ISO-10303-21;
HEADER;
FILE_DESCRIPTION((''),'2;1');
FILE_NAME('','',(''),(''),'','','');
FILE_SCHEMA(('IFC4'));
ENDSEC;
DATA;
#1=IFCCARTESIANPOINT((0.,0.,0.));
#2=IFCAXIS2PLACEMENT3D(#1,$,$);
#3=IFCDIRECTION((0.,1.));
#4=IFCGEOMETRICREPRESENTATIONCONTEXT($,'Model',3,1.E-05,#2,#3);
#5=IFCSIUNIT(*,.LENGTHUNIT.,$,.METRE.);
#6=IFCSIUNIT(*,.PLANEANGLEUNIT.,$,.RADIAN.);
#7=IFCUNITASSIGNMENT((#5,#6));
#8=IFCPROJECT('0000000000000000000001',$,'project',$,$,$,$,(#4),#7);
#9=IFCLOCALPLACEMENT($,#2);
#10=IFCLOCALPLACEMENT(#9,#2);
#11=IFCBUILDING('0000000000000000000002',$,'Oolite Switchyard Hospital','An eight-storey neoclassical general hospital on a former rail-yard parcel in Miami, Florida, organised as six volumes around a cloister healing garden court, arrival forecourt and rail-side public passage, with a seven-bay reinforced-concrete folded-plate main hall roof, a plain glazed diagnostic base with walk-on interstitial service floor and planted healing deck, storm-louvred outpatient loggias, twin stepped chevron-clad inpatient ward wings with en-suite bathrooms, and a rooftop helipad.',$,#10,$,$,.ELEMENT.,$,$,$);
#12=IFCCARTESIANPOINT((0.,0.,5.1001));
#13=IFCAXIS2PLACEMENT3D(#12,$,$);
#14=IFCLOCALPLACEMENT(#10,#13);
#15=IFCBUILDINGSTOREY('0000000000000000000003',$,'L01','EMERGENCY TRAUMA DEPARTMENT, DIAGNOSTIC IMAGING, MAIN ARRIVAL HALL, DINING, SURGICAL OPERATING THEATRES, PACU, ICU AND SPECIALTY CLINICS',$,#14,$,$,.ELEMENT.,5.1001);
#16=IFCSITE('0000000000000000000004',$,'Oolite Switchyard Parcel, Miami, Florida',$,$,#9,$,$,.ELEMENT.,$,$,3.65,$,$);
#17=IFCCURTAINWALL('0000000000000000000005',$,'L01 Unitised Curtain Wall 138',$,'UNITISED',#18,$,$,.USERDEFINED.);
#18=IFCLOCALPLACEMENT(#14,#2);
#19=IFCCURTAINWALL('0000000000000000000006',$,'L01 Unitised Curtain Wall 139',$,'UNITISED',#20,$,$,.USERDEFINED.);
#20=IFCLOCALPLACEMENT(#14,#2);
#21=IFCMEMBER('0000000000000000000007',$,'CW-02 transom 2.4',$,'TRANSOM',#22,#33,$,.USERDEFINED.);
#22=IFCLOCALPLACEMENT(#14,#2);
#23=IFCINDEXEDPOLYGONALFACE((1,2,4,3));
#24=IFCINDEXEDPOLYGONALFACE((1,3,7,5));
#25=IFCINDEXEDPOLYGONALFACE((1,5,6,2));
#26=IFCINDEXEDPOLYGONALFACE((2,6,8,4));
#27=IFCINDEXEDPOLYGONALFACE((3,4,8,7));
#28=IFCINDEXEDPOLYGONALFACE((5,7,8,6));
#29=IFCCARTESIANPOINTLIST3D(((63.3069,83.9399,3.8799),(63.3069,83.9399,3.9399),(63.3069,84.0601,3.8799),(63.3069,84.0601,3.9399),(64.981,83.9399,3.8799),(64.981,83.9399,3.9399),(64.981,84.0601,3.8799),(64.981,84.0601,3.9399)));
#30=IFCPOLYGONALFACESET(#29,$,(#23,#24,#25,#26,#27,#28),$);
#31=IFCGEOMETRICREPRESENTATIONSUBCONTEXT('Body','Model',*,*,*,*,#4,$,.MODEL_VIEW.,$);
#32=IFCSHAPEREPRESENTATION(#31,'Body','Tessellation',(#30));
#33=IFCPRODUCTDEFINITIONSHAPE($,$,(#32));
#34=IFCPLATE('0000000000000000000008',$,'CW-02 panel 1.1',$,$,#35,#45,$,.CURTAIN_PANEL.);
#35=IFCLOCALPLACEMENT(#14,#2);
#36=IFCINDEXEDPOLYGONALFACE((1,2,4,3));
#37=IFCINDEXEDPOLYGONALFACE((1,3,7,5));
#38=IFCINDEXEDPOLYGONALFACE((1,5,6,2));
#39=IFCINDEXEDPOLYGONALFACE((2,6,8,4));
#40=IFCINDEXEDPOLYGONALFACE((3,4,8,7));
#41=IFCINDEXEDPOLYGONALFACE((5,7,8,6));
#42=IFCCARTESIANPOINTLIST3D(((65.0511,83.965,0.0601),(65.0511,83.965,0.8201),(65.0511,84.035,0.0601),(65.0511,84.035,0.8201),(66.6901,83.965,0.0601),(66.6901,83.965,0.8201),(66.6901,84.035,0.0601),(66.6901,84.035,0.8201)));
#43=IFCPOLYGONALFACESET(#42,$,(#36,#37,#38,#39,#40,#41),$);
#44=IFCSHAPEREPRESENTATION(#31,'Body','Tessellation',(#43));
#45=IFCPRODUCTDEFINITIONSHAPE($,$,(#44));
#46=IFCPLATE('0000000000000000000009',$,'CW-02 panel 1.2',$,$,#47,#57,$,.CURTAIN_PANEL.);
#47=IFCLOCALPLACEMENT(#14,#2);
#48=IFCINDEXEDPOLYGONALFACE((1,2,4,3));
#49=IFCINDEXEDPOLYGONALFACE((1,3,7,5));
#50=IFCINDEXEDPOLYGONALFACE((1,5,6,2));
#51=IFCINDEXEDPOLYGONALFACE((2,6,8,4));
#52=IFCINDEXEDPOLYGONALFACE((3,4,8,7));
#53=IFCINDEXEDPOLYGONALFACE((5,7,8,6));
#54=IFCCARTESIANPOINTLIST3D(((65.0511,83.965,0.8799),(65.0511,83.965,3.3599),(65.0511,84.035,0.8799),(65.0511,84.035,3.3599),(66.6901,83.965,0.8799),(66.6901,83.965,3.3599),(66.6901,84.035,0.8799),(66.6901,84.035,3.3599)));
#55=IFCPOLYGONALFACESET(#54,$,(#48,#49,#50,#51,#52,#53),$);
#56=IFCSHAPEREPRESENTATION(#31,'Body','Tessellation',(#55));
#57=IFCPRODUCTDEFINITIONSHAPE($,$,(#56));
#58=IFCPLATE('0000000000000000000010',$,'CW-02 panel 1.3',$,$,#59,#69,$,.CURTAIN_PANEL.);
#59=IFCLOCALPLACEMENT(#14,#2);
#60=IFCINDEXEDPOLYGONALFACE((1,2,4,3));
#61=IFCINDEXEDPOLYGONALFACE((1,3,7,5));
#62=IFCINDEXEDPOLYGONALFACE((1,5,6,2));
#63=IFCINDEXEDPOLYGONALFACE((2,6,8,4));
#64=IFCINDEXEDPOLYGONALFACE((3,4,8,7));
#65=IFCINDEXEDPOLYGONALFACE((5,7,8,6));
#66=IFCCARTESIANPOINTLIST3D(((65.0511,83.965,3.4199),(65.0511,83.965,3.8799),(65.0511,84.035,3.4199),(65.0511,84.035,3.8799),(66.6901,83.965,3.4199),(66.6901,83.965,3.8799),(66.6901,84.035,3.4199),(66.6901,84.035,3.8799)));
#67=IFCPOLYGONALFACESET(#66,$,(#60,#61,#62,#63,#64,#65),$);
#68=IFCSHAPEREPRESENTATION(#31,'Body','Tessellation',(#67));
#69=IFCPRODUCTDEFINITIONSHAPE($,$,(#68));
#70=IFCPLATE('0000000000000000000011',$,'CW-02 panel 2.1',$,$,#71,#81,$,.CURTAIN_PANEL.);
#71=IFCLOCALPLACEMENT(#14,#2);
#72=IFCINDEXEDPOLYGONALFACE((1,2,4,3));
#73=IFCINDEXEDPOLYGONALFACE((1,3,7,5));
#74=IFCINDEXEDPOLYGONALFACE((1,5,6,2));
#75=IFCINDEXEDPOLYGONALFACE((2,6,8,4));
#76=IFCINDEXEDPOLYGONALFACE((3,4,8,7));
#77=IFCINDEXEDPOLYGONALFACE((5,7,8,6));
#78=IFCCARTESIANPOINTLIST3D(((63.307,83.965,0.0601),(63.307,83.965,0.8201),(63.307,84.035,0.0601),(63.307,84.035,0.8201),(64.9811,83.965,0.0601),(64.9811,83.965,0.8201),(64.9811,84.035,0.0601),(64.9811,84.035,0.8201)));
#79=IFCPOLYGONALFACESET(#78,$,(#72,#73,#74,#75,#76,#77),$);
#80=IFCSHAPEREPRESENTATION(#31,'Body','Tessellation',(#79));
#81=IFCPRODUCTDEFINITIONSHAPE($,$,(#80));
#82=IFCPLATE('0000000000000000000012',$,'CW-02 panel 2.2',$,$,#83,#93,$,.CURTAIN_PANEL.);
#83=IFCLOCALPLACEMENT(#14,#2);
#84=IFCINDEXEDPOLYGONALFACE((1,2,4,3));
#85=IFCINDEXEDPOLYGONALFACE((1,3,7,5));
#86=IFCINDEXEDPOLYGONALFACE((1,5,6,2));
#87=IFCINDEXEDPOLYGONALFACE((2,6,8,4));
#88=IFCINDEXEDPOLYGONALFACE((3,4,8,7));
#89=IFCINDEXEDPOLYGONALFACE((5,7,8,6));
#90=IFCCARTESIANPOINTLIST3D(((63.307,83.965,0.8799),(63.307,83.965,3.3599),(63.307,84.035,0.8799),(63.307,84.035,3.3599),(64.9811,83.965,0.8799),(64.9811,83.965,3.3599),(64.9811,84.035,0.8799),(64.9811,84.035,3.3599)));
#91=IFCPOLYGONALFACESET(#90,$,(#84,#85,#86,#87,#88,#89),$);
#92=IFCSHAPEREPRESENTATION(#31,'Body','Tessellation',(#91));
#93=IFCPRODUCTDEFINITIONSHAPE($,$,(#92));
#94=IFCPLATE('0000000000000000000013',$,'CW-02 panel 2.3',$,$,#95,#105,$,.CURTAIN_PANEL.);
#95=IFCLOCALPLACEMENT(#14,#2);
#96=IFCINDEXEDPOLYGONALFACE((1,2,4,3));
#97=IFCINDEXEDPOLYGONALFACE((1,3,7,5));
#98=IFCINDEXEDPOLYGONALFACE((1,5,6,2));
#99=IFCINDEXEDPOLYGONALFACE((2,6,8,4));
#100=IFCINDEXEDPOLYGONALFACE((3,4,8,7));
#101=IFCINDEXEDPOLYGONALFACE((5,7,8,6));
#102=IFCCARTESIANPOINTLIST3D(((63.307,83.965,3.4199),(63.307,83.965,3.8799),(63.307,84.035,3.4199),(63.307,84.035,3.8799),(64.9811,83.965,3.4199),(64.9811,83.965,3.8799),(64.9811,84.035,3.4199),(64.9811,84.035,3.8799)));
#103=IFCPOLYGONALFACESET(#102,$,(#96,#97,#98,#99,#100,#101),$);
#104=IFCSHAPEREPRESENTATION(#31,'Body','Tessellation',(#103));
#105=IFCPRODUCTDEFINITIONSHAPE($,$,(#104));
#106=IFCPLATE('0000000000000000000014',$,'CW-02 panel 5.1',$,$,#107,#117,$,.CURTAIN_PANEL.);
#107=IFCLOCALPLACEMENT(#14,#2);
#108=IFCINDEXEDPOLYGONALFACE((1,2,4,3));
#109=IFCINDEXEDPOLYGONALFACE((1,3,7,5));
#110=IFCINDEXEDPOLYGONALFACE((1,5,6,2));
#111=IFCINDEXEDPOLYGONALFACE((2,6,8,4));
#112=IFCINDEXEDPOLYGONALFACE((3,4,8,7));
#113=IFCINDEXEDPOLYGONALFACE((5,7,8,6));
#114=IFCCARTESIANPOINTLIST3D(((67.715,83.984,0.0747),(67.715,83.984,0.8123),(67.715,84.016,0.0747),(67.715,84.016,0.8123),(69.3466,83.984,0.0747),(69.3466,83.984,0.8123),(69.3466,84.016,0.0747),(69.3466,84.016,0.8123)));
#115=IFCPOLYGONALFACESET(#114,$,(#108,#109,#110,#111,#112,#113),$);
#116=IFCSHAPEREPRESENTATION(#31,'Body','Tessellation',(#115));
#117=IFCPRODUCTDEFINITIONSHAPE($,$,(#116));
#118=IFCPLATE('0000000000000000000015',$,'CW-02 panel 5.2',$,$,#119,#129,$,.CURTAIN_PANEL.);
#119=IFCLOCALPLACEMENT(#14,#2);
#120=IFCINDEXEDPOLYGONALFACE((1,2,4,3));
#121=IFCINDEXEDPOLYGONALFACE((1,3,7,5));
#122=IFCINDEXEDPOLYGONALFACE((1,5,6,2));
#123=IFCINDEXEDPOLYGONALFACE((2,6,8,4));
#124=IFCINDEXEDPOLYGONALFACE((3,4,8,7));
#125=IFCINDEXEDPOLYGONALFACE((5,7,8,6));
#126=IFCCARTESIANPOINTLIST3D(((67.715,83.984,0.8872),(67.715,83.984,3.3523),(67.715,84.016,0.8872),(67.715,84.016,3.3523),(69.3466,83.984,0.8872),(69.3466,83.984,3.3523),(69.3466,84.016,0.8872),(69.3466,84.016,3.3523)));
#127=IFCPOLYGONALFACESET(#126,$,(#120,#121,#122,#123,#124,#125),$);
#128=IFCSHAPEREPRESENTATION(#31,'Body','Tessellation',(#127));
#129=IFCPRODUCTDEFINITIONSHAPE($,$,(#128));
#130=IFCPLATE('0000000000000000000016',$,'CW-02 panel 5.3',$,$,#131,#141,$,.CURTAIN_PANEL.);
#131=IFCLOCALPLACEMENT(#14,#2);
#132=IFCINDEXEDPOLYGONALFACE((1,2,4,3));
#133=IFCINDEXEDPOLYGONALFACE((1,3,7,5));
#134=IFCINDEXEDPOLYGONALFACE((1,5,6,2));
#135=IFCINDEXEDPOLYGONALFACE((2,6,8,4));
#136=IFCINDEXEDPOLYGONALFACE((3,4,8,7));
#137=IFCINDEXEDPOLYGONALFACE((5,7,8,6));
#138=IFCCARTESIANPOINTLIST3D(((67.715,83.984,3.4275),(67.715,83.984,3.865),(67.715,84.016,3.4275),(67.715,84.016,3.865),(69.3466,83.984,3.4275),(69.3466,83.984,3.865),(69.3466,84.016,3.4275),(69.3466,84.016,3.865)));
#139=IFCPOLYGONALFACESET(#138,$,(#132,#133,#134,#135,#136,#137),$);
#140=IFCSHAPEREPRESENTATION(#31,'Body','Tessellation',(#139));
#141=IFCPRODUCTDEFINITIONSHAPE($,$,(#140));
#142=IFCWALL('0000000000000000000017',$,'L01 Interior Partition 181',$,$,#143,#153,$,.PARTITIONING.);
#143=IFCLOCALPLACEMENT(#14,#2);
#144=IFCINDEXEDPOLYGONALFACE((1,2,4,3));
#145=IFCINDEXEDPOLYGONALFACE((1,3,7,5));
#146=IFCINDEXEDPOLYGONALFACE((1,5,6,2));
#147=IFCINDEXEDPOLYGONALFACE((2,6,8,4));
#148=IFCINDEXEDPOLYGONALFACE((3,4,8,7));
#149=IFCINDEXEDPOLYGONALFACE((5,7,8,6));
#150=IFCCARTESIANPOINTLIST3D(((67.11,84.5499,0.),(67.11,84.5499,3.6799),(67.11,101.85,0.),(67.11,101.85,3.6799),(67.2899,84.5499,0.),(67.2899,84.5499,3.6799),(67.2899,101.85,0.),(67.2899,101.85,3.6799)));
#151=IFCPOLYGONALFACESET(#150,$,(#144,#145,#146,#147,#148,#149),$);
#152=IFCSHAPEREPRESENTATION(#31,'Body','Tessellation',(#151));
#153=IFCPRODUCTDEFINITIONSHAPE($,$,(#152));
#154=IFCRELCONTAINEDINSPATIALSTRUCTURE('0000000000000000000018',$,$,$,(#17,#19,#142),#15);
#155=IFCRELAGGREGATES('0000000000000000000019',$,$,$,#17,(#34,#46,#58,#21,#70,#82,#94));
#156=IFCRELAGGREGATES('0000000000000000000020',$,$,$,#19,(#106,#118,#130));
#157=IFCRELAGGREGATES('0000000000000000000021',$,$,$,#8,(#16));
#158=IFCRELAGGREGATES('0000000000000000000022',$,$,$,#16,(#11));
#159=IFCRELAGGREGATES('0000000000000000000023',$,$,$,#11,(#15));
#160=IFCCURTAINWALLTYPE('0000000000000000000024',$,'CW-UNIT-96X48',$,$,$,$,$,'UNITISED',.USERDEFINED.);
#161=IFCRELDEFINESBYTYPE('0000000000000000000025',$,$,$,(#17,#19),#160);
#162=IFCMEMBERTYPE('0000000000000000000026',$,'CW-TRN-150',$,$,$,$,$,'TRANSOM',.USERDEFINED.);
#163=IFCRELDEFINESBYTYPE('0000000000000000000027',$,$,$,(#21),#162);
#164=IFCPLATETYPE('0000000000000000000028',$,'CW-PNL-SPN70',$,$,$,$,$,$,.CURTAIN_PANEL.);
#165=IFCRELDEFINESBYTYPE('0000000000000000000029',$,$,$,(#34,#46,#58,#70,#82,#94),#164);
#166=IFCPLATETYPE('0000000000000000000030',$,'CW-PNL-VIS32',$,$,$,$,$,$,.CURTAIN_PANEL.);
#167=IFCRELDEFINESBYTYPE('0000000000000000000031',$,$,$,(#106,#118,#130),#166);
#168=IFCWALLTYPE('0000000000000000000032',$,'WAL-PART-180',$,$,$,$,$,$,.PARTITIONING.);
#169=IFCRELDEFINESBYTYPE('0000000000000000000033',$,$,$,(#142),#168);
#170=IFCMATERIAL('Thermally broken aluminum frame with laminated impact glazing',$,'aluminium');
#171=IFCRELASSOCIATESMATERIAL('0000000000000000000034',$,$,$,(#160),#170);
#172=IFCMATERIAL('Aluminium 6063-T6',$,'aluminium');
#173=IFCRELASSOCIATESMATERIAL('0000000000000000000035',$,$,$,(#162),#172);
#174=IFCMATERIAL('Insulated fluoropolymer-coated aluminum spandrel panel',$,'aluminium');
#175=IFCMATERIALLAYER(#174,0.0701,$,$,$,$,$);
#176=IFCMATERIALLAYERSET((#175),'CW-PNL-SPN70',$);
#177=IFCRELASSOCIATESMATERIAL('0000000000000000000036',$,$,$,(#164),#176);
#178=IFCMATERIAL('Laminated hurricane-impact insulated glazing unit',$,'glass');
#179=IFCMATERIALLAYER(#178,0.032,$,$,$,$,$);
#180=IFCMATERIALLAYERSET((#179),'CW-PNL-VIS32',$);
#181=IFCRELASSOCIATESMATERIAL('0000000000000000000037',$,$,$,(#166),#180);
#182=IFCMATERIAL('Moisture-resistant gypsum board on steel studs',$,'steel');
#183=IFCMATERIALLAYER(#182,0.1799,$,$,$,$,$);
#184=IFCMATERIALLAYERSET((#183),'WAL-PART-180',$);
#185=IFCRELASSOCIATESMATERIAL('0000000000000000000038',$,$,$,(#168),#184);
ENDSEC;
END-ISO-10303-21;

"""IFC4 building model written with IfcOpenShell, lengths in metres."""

from ifc_helpers import new_model, si_unit, direction, frame, frame_2d, origin, origin_2d, place, context, subcontext, project, spatial, rectangle, extrude, material, layer, layer_set, material_profile, profile_set, type_object, element, aggregate, save


model = new_model("IFC4")

# Units and contexts
model_context = context("Model", 3, precision=1e-05, world=origin(), true_north=direction((0.0, 1.0)))
body_context = subcontext(model_context, "Body", "Model", "MODEL_VIEW")
ifc_project = project(units=[si_unit("LENGTHUNIT", "METRE"), si_unit("PLANEANGLEUNIT", "RADIAN")], contexts=[model_context])

# Site, building, storey
site_placement = place(None, origin())
site = spatial("IfcSite", under=ifc_project, at=site_placement, Name="Oolite Switchyard Parcel, Miami, Florida", CompositionType="ELEMENT", RefElevation=3.65)
building_placement = place(site_placement, origin())
building = spatial("IfcBuilding", under=site, at=building_placement, Name="Oolite Switchyard Hospital", Description="An eight-storey neoclassical general hospital on a former rail-yard parcel in Miami, Florida, organised as six volumes around a cloister healing garden court, arrival forecourt and rail-side public passage, with a seven-bay reinforced-concrete folded-plate main hall roof, a plain glazed diagnostic base with walk-on interstitial service floor and planted healing deck, storm-louvred outpatient loggias, twin stepped chevron-clad inpatient ward wings with en-suite bathrooms, and a rooftop helipad.", CompositionType="ELEMENT")
storey_placement = place(building_placement, frame((0.0, 0.0, 5.1001)))
storey = spatial("IfcBuildingStorey", under=building, at=storey_placement, Name="L01", Description="EMERGENCY TRAUMA DEPARTMENT, DIAGNOSTIC IMAGING, MAIN ARRIVAL HALL, DINING, SURGICAL OPERATING THEATRES, PACU, ICU AND SPECIALTY CLINICS", CompositionType="ELEMENT", Elevation=5.1001)

# Curtain wall
ifc_material_1 = material(Name="Thermally broken aluminum frame with laminated impact glazing", Category="aluminium")
curtain_wall_type = type_object("IfcCurtainWallType", Name="CW-UNIT-96X48", ElementType="UNITISED", PredefinedType="USERDEFINED", material=ifc_material_1)
curtain_wall_1_placement = place(storey_placement, origin())
curtain_wall_1 = element("IfcCurtainWall", 1, at=curtain_wall_1_placement, inside=storey, type_object=curtain_wall_type, Name="L01 Unitised Curtain Wall 138", ObjectType="UNITISED", PredefinedType="USERDEFINED")
ifc_material_2 = material(Name="Aluminium 6063-T6", Category="aluminium")

# Curtain wall
curtain_wall_2_placement = place(storey_placement, origin())
curtain_wall_2 = element("IfcCurtainWall", 2, at=curtain_wall_2_placement, inside=storey, type_object=curtain_wall_type, Name="L01 Unitised Curtain Wall 139", ObjectType="UNITISED", PredefinedType="USERDEFINED")

# Member
ifc_material_profile_1 = material_profile(ifc_material_2, rectangle(XDim=0.1201, YDim=0.0601, at=origin_2d()), Name="CWT60X120")
ifc_profile_set_1 = profile_set([ifc_material_profile_1], Name="Aluminium 6063-T6")
member_type_1 = type_object("IfcMemberType", Name="CW-TRN-150", ElementType="TRANSOM", PredefinedType="USERDEFINED", material=ifc_profile_set_1)
member_1_placement = place(storey_placement, frame((64.981, 84.0, 3.9099), z_axis=(-1.0, 0.0, 0.0), x_axis=(0.0, -1.0, 0.0)))
member_1 = element("IfcMember", 3, at=member_1_placement, type_object=member_type_1, Name="CW-02 transom 2.4", ObjectType="TRANSOM", PredefinedType="USERDEFINED", context=body_context, shape_type="SweptSolid", body=[
    extrude(rectangle(XDim=0.1201, YDim=0.0601, at=origin_2d()), origin(), (0.0, 0.0, 1.0), 1.6741),
])

# Plates
ifc_material_3 = material(Name="Insulated fluoropolymer-coated aluminum spandrel panel", Category="aluminium")
ifc_layer_1 = layer(ifc_material_3, 0.0701)
ifc_layer_set_1 = layer_set([ifc_layer_1], Name="CW-PNL-SPN70")
plate_type_1 = type_object("IfcPlateType", Name="CW-PNL-SPN70", PredefinedType="CURTAIN_PANEL", material=ifc_layer_set_1)
plate_1_placement = place(storey_placement, frame((65.8706, 84.0, 0.0601), z_axis=(0.0, 0.0, 1.0), x_axis=(-1.0, 0.0, 0.0)))
plate_1 = element("IfcPlate", 4, at=plate_1_placement, type_object=plate_type_1, Name="CW-02 panel 1.1", PredefinedType="CURTAIN_PANEL", context=body_context, shape_type="SweptSolid", body=[
    extrude(rectangle(XDim=1.6389, YDim=0.0701, at=origin_2d()), origin(), (0.0, 0.0, 1.0), 0.76),
])
plate_2_placement = place(storey_placement, frame((65.8706, 84.0, 0.8799), z_axis=(0.0, 0.0, 1.0), x_axis=(-1.0, 0.0, 0.0)))
plate_2 = element("IfcPlate", 5, at=plate_2_placement, type_object=plate_type_1, Name="CW-02 panel 1.2", PredefinedType="CURTAIN_PANEL", context=body_context, shape_type="SweptSolid", body=[
    extrude(rectangle(XDim=1.6389, YDim=0.0701, at=origin_2d()), origin(), (0.0, 0.0, 1.0), 2.48),
])
plate_3_placement = place(storey_placement, frame((65.8706, 84.0, 3.4199), z_axis=(0.0, 0.0, 1.0), x_axis=(-1.0, 0.0, 0.0)))
plate_3 = element("IfcPlate", 6, at=plate_3_placement, type_object=plate_type_1, Name="CW-02 panel 1.3", PredefinedType="CURTAIN_PANEL", context=body_context, shape_type="SweptSolid", body=[
    extrude(rectangle(XDim=1.6389, YDim=0.0701, at=origin_2d()), origin(), (0.0, 0.0, 1.0), 0.46),
])
plate_4_placement = place(storey_placement, frame((64.144, 84.0, 0.0601), z_axis=(0.0, 0.0, 1.0), x_axis=(-1.0, 0.0, 0.0)))
plate_4 = element("IfcPlate", 7, at=plate_4_placement, type_object=plate_type_1, Name="CW-02 panel 2.1", PredefinedType="CURTAIN_PANEL", context=body_context, shape_type="SweptSolid", body=[
    extrude(rectangle(XDim=1.6741, YDim=0.0701, at=origin_2d()), origin(), (0.0, 0.0, 1.0), 0.76),
])
plate_5_placement = place(storey_placement, frame((64.144, 84.0, 0.8799), z_axis=(0.0, 0.0, 1.0), x_axis=(-1.0, 0.0, 0.0)))
plate_5 = element("IfcPlate", 8, at=plate_5_placement, type_object=plate_type_1, Name="CW-02 panel 2.2", PredefinedType="CURTAIN_PANEL", context=body_context, shape_type="SweptSolid", body=[
    extrude(rectangle(XDim=1.6741, YDim=0.0701, at=origin_2d()), origin(), (0.0, 0.0, 1.0), 2.48),
])
plate_6_placement = place(storey_placement, frame((64.144, 84.0, 3.4199), z_axis=(0.0, 0.0, 1.0), x_axis=(-1.0, 0.0, 0.0)))
plate_6 = element("IfcPlate", 9, at=plate_6_placement, type_object=plate_type_1, Name="CW-02 panel 2.3", PredefinedType="CURTAIN_PANEL", context=body_context, shape_type="SweptSolid", body=[
    extrude(rectangle(XDim=1.6741, YDim=0.0701, at=origin_2d()), origin(), (0.0, 0.0, 1.0), 0.46),
])
aggregate(curtain_wall_1, [plate_1, plate_2, plate_3, member_1, plate_4, plate_5, plate_6])
ifc_material_4 = material(Name="Laminated hurricane-impact insulated glazing unit", Category="glass")
ifc_layer_2 = layer(ifc_material_4, 0.032)
ifc_layer_set_2 = layer_set([ifc_layer_2], Name="CW-PNL-VIS32")
plate_type_2 = type_object("IfcPlateType", Name="CW-PNL-VIS32", PredefinedType="CURTAIN_PANEL", material=ifc_layer_set_2)
plate_7_placement = place(storey_placement, frame((68.5308, 84.0, 0.0747), z_axis=(0.0, 0.0, 1.0), x_axis=(-1.0, 0.0, 0.0)))
plate_7 = element("IfcPlate", 10, at=plate_7_placement, type_object=plate_type_2, Name="CW-02 panel 5.1", PredefinedType="CURTAIN_PANEL", context=body_context, shape_type="SweptSolid", body=[
    extrude(rectangle(XDim=1.6316, YDim=0.032, at=origin_2d()), origin(), (0.0, 0.0, 1.0), 0.7375),
])
plate_8_placement = place(storey_placement, frame((68.5308, 84.0, 0.8872), z_axis=(0.0, 0.0, 1.0), x_axis=(-1.0, 0.0, 0.0)))
plate_8 = element("IfcPlate", 11, at=plate_8_placement, type_object=plate_type_2, Name="CW-02 panel 5.2", PredefinedType="CURTAIN_PANEL", context=body_context, shape_type="SweptSolid", body=[
    extrude(rectangle(XDim=1.6316, YDim=0.032, at=origin_2d()), origin(), (0.0, 0.0, 1.0), 2.4651),
])
plate_9_placement = place(storey_placement, frame((68.5308, 84.0, 3.4275), z_axis=(0.0, 0.0, 1.0), x_axis=(-1.0, 0.0, 0.0)))
plate_9 = element("IfcPlate", 12, at=plate_9_placement, type_object=plate_type_2, Name="CW-02 panel 5.3", PredefinedType="CURTAIN_PANEL", context=body_context, shape_type="SweptSolid", body=[
    extrude(rectangle(XDim=1.6316, YDim=0.032, at=origin_2d()), origin(), (0.0, 0.0, 1.0), 0.4375),
])
aggregate(curtain_wall_2, [plate_7, plate_8, plate_9])

# Wall
ifc_material_5 = material(Name="Moisture-resistant gypsum board on steel studs", Category="steel")
ifc_layer_3 = layer(ifc_material_5, 0.1799)
ifc_layer_set_3 = layer_set([ifc_layer_3], Name="WAL-PART-180")
wall_type = type_object("IfcWallType", Name="WAL-PART-180", PredefinedType="PARTITIONING", material=ifc_layer_set_3)
wall_placement = place(storey_placement, frame((67.2, 84.55, 0.0), z_axis=(0.0, 0.0, 1.0), x_axis=(0.0, 1.0, 0.0)))
element("IfcWall", 13, at=wall_placement, inside=storey, type_object=wall_type, Name="L01 Interior Partition 181", PredefinedType="PARTITIONING", context=body_context, shape_type="SweptSolid", body=[
    extrude(rectangle(XDim=17.3, YDim=0.1799, at=frame_2d((8.6499, 0.0))), origin(), (0.0, 0.0, 1.0), 3.6799),
])

save(model, "model.ifc")
